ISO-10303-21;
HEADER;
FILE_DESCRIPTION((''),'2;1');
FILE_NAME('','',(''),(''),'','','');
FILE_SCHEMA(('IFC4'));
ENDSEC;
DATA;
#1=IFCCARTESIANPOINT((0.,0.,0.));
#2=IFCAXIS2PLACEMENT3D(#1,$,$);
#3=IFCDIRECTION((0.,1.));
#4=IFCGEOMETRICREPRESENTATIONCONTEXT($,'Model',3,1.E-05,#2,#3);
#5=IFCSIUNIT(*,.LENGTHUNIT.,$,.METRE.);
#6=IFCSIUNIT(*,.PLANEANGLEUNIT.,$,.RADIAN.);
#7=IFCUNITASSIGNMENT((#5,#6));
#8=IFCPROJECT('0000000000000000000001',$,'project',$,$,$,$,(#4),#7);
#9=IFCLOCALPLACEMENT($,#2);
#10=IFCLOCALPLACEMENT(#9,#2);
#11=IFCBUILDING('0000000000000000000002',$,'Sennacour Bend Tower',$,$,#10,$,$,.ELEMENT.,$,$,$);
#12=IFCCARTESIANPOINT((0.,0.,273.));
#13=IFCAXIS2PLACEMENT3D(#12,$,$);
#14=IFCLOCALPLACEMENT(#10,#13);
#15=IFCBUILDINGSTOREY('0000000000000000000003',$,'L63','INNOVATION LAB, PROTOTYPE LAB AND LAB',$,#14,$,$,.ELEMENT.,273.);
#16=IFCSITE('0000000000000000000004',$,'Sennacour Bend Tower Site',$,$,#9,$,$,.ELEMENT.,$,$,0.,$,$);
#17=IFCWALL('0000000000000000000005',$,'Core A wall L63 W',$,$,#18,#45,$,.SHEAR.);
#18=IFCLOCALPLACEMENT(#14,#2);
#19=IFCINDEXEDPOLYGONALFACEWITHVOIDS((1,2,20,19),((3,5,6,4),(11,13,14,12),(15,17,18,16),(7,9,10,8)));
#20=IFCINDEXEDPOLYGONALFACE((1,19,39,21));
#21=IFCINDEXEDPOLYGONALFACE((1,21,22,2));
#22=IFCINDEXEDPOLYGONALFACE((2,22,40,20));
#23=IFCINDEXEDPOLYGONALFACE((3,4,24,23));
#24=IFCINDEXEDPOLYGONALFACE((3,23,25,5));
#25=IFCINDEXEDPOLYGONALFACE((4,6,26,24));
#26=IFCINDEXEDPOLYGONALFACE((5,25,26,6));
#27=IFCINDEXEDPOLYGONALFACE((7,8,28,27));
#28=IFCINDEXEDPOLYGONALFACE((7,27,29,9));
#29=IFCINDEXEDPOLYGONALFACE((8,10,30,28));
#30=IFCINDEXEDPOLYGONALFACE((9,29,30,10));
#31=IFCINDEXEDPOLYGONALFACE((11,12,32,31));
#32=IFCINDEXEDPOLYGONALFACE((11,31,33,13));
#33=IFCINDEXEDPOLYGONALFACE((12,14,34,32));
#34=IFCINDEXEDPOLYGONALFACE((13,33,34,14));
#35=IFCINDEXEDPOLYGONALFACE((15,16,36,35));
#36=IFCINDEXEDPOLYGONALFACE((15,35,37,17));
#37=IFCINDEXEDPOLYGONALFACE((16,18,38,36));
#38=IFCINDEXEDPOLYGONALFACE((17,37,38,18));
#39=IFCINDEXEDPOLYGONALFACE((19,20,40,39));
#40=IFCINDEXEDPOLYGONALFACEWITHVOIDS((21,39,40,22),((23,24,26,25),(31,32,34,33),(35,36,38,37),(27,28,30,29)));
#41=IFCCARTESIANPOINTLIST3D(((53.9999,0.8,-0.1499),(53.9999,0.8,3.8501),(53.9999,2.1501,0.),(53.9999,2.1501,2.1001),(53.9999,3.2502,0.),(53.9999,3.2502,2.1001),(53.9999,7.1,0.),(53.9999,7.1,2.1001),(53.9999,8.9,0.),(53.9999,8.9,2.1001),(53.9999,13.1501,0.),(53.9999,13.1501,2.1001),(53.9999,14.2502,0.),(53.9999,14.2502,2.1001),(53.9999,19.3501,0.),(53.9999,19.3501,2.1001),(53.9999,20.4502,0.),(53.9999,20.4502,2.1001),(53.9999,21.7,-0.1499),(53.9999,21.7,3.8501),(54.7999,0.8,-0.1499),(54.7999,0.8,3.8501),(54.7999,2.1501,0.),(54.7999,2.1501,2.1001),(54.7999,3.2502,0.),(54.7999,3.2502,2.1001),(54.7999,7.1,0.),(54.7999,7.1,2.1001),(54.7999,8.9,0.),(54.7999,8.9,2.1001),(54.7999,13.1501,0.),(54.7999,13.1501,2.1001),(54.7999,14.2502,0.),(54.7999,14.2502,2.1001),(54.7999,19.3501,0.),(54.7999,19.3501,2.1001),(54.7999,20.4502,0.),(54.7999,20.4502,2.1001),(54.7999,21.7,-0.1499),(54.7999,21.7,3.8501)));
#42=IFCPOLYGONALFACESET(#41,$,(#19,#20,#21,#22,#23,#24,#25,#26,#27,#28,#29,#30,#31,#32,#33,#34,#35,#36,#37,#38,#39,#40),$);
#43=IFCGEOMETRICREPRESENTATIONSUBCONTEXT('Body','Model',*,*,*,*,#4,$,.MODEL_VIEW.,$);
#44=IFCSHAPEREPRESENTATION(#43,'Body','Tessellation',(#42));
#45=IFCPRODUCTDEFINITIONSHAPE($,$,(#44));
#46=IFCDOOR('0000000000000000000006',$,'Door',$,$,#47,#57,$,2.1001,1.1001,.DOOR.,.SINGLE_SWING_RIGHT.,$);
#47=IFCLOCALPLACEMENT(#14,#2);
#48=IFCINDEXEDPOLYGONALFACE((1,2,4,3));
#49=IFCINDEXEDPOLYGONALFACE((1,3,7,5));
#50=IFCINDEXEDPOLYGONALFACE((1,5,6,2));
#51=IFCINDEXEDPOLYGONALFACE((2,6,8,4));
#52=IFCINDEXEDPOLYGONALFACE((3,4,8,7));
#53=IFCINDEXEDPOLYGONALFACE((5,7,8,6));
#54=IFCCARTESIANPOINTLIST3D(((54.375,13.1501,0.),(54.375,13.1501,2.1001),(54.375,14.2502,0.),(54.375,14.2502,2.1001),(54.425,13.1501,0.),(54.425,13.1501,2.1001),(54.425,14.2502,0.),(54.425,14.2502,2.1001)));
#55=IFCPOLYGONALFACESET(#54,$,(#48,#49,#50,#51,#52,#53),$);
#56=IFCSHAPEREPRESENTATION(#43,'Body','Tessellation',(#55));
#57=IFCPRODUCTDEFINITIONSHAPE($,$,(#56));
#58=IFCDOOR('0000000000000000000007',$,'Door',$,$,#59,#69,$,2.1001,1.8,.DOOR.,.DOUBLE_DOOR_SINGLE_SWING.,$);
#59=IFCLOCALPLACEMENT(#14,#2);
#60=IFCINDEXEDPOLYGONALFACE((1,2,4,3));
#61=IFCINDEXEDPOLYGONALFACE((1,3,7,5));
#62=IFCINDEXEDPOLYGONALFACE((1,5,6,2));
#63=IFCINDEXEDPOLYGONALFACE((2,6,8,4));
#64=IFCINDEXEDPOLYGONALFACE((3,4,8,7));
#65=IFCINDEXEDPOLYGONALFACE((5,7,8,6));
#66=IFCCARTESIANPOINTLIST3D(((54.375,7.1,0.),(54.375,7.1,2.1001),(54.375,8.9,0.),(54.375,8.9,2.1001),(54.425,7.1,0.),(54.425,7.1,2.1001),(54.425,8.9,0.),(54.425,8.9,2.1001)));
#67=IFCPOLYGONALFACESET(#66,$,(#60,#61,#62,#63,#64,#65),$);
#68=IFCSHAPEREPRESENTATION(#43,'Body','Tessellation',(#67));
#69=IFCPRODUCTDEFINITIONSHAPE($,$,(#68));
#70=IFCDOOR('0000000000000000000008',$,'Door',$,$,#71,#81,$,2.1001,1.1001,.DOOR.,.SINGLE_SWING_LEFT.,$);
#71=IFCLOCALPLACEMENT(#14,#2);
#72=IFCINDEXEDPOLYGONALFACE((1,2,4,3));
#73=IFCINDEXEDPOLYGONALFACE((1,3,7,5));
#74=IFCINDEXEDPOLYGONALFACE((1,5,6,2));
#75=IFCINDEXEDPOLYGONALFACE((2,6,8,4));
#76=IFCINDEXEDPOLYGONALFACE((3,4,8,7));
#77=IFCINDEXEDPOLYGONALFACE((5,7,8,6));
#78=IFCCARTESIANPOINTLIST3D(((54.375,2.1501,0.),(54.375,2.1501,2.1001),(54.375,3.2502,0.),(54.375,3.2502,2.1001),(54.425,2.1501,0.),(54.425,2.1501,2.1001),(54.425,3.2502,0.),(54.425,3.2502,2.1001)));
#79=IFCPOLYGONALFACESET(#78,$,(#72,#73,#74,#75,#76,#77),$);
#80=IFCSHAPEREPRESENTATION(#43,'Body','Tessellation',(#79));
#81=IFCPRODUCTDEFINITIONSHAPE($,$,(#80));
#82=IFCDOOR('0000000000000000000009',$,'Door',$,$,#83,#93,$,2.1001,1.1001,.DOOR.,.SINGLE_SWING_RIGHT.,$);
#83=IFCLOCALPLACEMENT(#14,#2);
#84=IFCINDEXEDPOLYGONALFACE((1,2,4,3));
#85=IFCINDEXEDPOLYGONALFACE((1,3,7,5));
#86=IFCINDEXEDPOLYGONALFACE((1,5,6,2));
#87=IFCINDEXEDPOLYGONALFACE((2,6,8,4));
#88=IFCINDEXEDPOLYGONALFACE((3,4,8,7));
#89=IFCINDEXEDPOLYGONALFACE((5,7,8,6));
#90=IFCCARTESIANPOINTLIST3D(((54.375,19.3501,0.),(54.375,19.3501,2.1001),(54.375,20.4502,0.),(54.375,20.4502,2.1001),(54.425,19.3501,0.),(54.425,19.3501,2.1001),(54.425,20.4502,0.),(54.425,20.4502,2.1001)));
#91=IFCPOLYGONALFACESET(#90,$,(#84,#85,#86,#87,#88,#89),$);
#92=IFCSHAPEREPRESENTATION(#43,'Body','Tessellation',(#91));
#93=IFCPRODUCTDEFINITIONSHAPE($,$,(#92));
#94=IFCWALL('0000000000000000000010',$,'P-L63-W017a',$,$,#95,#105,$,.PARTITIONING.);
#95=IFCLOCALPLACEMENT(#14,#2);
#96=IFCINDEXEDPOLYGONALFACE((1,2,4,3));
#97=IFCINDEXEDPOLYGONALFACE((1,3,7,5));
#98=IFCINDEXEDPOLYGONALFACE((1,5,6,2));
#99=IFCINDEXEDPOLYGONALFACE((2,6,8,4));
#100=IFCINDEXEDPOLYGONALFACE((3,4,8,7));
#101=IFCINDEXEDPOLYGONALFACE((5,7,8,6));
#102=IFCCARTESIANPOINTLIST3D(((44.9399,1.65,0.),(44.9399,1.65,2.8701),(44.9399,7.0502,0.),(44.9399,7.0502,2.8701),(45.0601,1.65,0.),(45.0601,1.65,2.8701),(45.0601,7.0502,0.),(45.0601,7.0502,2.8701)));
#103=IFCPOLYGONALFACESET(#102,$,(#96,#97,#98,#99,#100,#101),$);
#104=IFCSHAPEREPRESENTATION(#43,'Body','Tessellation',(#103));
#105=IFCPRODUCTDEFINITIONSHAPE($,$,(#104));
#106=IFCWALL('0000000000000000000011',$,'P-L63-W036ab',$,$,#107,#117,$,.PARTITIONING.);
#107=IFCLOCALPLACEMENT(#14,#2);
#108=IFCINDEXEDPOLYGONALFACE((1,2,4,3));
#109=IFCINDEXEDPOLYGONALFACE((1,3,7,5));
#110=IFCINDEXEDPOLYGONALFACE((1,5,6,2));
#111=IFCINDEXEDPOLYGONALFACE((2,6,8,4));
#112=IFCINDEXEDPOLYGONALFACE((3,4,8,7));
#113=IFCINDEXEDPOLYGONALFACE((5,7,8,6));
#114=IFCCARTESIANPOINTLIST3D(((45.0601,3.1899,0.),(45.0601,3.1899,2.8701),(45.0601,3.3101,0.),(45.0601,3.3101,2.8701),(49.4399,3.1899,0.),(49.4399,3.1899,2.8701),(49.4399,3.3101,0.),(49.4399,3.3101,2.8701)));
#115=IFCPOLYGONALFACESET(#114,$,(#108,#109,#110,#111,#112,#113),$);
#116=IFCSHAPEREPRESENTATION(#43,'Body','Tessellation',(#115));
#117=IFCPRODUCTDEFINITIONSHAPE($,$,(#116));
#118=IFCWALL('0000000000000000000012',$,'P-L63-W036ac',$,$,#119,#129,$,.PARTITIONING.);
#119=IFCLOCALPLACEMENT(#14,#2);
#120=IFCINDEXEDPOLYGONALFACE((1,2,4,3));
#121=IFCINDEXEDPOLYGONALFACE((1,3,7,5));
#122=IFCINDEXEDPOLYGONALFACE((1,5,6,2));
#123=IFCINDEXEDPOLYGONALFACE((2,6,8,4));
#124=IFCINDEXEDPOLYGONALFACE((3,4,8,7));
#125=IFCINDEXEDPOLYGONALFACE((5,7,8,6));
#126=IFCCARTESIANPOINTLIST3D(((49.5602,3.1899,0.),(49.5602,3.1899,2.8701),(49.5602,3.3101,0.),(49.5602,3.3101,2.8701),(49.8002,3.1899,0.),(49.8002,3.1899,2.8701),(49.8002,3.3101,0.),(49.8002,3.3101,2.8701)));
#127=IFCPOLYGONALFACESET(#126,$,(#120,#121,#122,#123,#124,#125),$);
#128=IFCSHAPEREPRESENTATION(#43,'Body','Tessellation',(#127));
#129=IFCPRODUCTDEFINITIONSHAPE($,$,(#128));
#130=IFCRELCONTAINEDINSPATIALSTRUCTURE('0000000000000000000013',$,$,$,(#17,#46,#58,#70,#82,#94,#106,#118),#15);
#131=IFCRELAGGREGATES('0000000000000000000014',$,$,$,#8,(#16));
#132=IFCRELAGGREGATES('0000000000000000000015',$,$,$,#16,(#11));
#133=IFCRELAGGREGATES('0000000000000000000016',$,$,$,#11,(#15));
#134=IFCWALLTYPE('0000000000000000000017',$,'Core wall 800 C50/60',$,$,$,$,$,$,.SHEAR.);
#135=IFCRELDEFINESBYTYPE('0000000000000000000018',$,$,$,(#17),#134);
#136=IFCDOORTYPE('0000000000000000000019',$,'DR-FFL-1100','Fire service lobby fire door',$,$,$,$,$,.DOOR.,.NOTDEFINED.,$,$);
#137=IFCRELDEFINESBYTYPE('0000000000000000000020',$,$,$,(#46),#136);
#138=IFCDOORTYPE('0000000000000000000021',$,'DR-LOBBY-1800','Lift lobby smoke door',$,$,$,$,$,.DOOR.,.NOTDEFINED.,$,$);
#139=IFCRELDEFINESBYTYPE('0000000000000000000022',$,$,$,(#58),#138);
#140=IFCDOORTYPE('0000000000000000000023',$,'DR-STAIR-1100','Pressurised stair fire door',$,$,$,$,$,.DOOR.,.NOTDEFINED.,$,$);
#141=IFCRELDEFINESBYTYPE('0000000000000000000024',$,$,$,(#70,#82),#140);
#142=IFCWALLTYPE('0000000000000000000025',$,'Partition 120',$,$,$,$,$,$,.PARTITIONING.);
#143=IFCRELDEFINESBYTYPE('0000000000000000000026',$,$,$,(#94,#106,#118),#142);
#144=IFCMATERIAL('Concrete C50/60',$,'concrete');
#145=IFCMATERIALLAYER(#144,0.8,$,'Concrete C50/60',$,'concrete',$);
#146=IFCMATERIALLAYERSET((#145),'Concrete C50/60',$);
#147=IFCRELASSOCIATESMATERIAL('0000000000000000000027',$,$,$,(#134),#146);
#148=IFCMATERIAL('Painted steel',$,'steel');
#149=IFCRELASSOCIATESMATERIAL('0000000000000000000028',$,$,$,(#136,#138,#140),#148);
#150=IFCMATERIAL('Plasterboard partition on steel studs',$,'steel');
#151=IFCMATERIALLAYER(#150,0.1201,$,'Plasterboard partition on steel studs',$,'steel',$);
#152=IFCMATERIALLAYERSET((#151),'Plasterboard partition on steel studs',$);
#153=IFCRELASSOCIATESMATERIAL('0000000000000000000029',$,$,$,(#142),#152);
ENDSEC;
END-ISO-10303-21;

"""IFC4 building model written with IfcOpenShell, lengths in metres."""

from ifc_helpers import new_model, si_unit, direction, frame, frame_2d, origin, place, context, subcontext, project, spatial, rectangle, extrude, material, layer, layer_set, type_object, element, fill, save


model = new_model("IFC4")

# Units and contexts
model_context = context("Model", 3, precision=1e-05, world=origin(), true_north=direction((0.0, 1.0)))
body_context = subcontext(model_context, "Body", "Model", "MODEL_VIEW")
ifc_project = project(units=[si_unit("LENGTHUNIT", "METRE"), si_unit("PLANEANGLEUNIT", "RADIAN")], contexts=[model_context])

# Site, building, storey
site_placement = place(None, origin())
site = spatial("IfcSite", under=ifc_project, at=site_placement, Name="Sennacour Bend Tower Site", CompositionType="ELEMENT", RefElevation=0.0)
building_placement = place(site_placement, origin())
building = spatial("IfcBuilding", under=site, at=building_placement, Name="Sennacour Bend Tower", CompositionType="ELEMENT")
storey_placement = place(building_placement, frame((0.0, 0.0, 273.0)))
storey = spatial("IfcBuildingStorey", under=building, at=storey_placement, Name="L63", Description="INNOVATION LAB, PROTOTYPE LAB AND LAB", CompositionType="ELEMENT", Elevation=273.0)

# Wall, openings, doors
ifc_material_1 = material(Name="Concrete C50/60", Category="concrete")
ifc_layer_1 = layer(ifc_material_1, 0.8, Name="Concrete C50/60", Category="concrete")
ifc_layer_set_1 = layer_set([ifc_layer_1], Name="Concrete C50/60")
wall_type_1 = type_object("IfcWallType", Name="Core wall 800 C50/60", PredefinedType="SHEAR", material=ifc_layer_set_1)
wall_1_placement = place(storey_placement, frame((54.3999, 0.8, -0.1499), z_axis=(0.0, 0.0, 1.0), x_axis=(0.0, 1.0, 0.0)))
wall_1 = element("IfcWall", 1, at=wall_1_placement, inside=storey, type_object=wall_type_1, Name="Core A wall L63 W", PredefinedType="SHEAR", context=body_context, shape_type="SweptSolid", body=[
    extrude(rectangle(XDim=20.8999, YDim=0.8, at=frame_2d((10.45, 0.0))), origin(), (0.0, 0.0, 1.0), 4.0),
])
opening_1_placement = place(wall_1_placement, frame((6.3, 0.0, 0.1499)))
opening_1 = element("IfcOpeningElement", 2, at=opening_1_placement, cuts=wall_1, PredefinedType="OPENING", context=body_context, shape_type="SweptSolid", body=[
    extrude(rectangle(XDim=1.8, YDim=2.1001, at=frame_2d((0.8999, 1.05))), frame((0.0, 0.4102, 0.0), z_axis=(0.0, -1.0, 0.0), x_axis=(1.0, 0.0, 0.0)), (0.0, 0.0, 1.0), 0.8201),
])
opening_2_placement = place(wall_1_placement, frame((12.3501, 0.0, 0.1499)))
opening_2 = element("IfcOpeningElement", 3, at=opening_2_placement, cuts=wall_1, PredefinedType="OPENING", context=body_context, shape_type="SweptSolid", body=[
    extrude(rectangle(XDim=1.1001, YDim=2.1001, at=frame_2d((0.55, 1.05))), frame((0.0, 0.4102, 0.0), z_axis=(0.0, -1.0, 0.0), x_axis=(1.0, 0.0, 0.0)), (0.0, 0.0, 1.0), 0.8201),
])
opening_3_placement = place(wall_1_placement, frame((1.3501, 0.0, 0.1499)))
opening_3 = element("IfcOpeningElement", 4, at=opening_3_placement, cuts=wall_1, PredefinedType="OPENING", context=body_context, shape_type="SweptSolid", body=[
    extrude(rectangle(XDim=1.1001, YDim=2.1001, at=frame_2d((0.55, 1.05))), frame((0.0, 0.4102, 0.0), z_axis=(0.0, -1.0, 0.0), x_axis=(1.0, 0.0, 0.0)), (0.0, 0.0, 1.0), 0.8201),
])
opening_4_placement = place(wall_1_placement, frame((18.55, 0.0, 0.1499)))
opening_4 = element("IfcOpeningElement", 5, at=opening_4_placement, cuts=wall_1, PredefinedType="OPENING", context=body_context, shape_type="SweptSolid", body=[
    extrude(rectangle(XDim=1.1001, YDim=2.1001, at=frame_2d((0.55, 1.05))), frame((0.0, 0.4102, 0.0), z_axis=(0.0, -1.0, 0.0), x_axis=(1.0, 0.0, 0.0)), (0.0, 0.0, 1.0), 0.8201),
])
ifc_material_2 = material(Name="Painted steel", Category="steel")
door_type_1 = type_object("IfcDoorType", Name="DR-FFL-1100", Description="Fire service lobby fire door", OperationType="NOTDEFINED", PredefinedType="DOOR", material=ifc_material_2)
door_1_placement = place(opening_2_placement, origin())
door_1 = element("IfcDoor", 6, at=door_1_placement, inside=storey, type_object=door_type_1, Name="Door", OperationType="SINGLE_SWING_RIGHT", OverallHeight=2.1001, OverallWidth=1.1001, PredefinedType="DOOR", context=body_context, shape_type="SweptSolid", body=[
    extrude(rectangle(XDim=1.1001, YDim=2.1001, at=frame_2d((0.55, 1.05))), frame((0.0, 0.0249, 0.0), z_axis=(0.0, -1.0, 0.0), x_axis=(1.0, 0.0, 0.0)), (0.0, 0.0, 1.0), 0.05),
])
fill(opening_2, door_1)
door_type_2 = type_object("IfcDoorType", Name="DR-LOBBY-1800", Description="Lift lobby smoke door", OperationType="NOTDEFINED", PredefinedType="DOOR", material=ifc_material_2)
door_2_placement = place(opening_1_placement, origin())
door_2 = element("IfcDoor", 7, at=door_2_placement, inside=storey, type_object=door_type_2, Name="Door", OperationType="DOUBLE_DOOR_SINGLE_SWING", OverallHeight=2.1001, OverallWidth=1.8, PredefinedType="DOOR", context=body_context, shape_type="SweptSolid", body=[
    extrude(rectangle(XDim=1.8, YDim=2.1001, at=frame_2d((0.8999, 1.05))), frame((0.0, 0.0249, 0.0), z_axis=(0.0, -1.0, 0.0), x_axis=(1.0, 0.0, 0.0)), (0.0, 0.0, 1.0), 0.05),
])
fill(opening_1, door_2)
door_type_3 = type_object("IfcDoorType", Name="DR-STAIR-1100", Description="Pressurised stair fire door", OperationType="NOTDEFINED", PredefinedType="DOOR", material=ifc_material_2)
door_3_placement = place(opening_3_placement, origin())
door_3 = element("IfcDoor", 8, at=door_3_placement, inside=storey, type_object=door_type_3, Name="Door", OperationType="SINGLE_SWING_LEFT", OverallHeight=2.1001, OverallWidth=1.1001, PredefinedType="DOOR", context=body_context, shape_type="SweptSolid", body=[
    extrude(rectangle(XDim=1.1001, YDim=2.1001, at=frame_2d((0.55, 1.05))), frame((0.0, 0.0249, 0.0), z_axis=(0.0, -1.0, 0.0), x_axis=(1.0, 0.0, 0.0)), (0.0, 0.0, 1.0), 0.05),
])
fill(opening_3, door_3)
door_4_placement = place(opening_4_placement, origin())
door_4 = element("IfcDoor", 9, at=door_4_placement, inside=storey, type_object=door_type_3, Name="Door", OperationType="SINGLE_SWING_RIGHT", OverallHeight=2.1001, OverallWidth=1.1001, PredefinedType="DOOR", context=body_context, shape_type="SweptSolid", body=[
    extrude(rectangle(XDim=1.1001, YDim=2.1001, at=frame_2d((0.55, 1.05))), frame((0.0, 0.0249, 0.0), z_axis=(0.0, -1.0, 0.0), x_axis=(1.0, 0.0, 0.0)), (0.0, 0.0, 1.0), 0.05),
])
fill(opening_4, door_4)

# Walls
ifc_material_3 = material(Name="Plasterboard partition on steel studs", Category="steel")
ifc_layer_2 = layer(ifc_material_3, 0.1201, Name="Plasterboard partition on steel studs", Category="steel")
ifc_layer_set_2 = layer_set([ifc_layer_2], Name="Plasterboard partition on steel studs")
wall_type_2 = type_object("IfcWallType", Name="Partition 120", PredefinedType="PARTITIONING", material=ifc_layer_set_2)
wall_2_placement = place(storey_placement, frame((45.0, 1.6499, 0.0), z_axis=(0.0, 0.0, 1.0), x_axis=(0.0, 1.0, 0.0)))
element("IfcWall", 10, at=wall_2_placement, inside=storey, type_object=wall_type_2, Name="P-L63-W017a", PredefinedType="PARTITIONING", context=body_context, shape_type="SweptSolid", body=[
    extrude(rectangle(XDim=5.4001, YDim=0.1201, at=frame_2d((2.7002, 0.0))), origin(), (0.0, 0.0, 1.0), 2.8701),
])
wall_3_placement = place(storey_placement, frame((45.0601, 3.25, 0.0), z_axis=(0.0, 0.0, 1.0), x_axis=(1.0, 0.0, 0.0)))
element("IfcWall", 11, at=wall_3_placement, inside=storey, type_object=wall_type_2, Name="P-L63-W036ab", PredefinedType="PARTITIONING", context=body_context, shape_type="SweptSolid", body=[
    extrude(rectangle(XDim=4.3799, YDim=0.1201, at=frame_2d((2.1899, 0.0))), origin(), (0.0, 0.0, 1.0), 2.8701),
])
wall_4_placement = place(storey_placement, frame((49.5601, 3.25, 0.0), z_axis=(0.0, 0.0, 1.0), x_axis=(1.0, 0.0, 0.0)))
element("IfcWall", 12, at=wall_4_placement, inside=storey, type_object=wall_type_2, Name="P-L63-W036ac", PredefinedType="PARTITIONING", context=body_context, shape_type="SweptSolid", body=[
    extrude(rectangle(XDim=0.24, YDim=0.1201, at=frame_2d((0.1201, 0.0))), origin(), (0.0, 0.0, 1.0), 2.8701),
])

save(model, "model.ifc")
